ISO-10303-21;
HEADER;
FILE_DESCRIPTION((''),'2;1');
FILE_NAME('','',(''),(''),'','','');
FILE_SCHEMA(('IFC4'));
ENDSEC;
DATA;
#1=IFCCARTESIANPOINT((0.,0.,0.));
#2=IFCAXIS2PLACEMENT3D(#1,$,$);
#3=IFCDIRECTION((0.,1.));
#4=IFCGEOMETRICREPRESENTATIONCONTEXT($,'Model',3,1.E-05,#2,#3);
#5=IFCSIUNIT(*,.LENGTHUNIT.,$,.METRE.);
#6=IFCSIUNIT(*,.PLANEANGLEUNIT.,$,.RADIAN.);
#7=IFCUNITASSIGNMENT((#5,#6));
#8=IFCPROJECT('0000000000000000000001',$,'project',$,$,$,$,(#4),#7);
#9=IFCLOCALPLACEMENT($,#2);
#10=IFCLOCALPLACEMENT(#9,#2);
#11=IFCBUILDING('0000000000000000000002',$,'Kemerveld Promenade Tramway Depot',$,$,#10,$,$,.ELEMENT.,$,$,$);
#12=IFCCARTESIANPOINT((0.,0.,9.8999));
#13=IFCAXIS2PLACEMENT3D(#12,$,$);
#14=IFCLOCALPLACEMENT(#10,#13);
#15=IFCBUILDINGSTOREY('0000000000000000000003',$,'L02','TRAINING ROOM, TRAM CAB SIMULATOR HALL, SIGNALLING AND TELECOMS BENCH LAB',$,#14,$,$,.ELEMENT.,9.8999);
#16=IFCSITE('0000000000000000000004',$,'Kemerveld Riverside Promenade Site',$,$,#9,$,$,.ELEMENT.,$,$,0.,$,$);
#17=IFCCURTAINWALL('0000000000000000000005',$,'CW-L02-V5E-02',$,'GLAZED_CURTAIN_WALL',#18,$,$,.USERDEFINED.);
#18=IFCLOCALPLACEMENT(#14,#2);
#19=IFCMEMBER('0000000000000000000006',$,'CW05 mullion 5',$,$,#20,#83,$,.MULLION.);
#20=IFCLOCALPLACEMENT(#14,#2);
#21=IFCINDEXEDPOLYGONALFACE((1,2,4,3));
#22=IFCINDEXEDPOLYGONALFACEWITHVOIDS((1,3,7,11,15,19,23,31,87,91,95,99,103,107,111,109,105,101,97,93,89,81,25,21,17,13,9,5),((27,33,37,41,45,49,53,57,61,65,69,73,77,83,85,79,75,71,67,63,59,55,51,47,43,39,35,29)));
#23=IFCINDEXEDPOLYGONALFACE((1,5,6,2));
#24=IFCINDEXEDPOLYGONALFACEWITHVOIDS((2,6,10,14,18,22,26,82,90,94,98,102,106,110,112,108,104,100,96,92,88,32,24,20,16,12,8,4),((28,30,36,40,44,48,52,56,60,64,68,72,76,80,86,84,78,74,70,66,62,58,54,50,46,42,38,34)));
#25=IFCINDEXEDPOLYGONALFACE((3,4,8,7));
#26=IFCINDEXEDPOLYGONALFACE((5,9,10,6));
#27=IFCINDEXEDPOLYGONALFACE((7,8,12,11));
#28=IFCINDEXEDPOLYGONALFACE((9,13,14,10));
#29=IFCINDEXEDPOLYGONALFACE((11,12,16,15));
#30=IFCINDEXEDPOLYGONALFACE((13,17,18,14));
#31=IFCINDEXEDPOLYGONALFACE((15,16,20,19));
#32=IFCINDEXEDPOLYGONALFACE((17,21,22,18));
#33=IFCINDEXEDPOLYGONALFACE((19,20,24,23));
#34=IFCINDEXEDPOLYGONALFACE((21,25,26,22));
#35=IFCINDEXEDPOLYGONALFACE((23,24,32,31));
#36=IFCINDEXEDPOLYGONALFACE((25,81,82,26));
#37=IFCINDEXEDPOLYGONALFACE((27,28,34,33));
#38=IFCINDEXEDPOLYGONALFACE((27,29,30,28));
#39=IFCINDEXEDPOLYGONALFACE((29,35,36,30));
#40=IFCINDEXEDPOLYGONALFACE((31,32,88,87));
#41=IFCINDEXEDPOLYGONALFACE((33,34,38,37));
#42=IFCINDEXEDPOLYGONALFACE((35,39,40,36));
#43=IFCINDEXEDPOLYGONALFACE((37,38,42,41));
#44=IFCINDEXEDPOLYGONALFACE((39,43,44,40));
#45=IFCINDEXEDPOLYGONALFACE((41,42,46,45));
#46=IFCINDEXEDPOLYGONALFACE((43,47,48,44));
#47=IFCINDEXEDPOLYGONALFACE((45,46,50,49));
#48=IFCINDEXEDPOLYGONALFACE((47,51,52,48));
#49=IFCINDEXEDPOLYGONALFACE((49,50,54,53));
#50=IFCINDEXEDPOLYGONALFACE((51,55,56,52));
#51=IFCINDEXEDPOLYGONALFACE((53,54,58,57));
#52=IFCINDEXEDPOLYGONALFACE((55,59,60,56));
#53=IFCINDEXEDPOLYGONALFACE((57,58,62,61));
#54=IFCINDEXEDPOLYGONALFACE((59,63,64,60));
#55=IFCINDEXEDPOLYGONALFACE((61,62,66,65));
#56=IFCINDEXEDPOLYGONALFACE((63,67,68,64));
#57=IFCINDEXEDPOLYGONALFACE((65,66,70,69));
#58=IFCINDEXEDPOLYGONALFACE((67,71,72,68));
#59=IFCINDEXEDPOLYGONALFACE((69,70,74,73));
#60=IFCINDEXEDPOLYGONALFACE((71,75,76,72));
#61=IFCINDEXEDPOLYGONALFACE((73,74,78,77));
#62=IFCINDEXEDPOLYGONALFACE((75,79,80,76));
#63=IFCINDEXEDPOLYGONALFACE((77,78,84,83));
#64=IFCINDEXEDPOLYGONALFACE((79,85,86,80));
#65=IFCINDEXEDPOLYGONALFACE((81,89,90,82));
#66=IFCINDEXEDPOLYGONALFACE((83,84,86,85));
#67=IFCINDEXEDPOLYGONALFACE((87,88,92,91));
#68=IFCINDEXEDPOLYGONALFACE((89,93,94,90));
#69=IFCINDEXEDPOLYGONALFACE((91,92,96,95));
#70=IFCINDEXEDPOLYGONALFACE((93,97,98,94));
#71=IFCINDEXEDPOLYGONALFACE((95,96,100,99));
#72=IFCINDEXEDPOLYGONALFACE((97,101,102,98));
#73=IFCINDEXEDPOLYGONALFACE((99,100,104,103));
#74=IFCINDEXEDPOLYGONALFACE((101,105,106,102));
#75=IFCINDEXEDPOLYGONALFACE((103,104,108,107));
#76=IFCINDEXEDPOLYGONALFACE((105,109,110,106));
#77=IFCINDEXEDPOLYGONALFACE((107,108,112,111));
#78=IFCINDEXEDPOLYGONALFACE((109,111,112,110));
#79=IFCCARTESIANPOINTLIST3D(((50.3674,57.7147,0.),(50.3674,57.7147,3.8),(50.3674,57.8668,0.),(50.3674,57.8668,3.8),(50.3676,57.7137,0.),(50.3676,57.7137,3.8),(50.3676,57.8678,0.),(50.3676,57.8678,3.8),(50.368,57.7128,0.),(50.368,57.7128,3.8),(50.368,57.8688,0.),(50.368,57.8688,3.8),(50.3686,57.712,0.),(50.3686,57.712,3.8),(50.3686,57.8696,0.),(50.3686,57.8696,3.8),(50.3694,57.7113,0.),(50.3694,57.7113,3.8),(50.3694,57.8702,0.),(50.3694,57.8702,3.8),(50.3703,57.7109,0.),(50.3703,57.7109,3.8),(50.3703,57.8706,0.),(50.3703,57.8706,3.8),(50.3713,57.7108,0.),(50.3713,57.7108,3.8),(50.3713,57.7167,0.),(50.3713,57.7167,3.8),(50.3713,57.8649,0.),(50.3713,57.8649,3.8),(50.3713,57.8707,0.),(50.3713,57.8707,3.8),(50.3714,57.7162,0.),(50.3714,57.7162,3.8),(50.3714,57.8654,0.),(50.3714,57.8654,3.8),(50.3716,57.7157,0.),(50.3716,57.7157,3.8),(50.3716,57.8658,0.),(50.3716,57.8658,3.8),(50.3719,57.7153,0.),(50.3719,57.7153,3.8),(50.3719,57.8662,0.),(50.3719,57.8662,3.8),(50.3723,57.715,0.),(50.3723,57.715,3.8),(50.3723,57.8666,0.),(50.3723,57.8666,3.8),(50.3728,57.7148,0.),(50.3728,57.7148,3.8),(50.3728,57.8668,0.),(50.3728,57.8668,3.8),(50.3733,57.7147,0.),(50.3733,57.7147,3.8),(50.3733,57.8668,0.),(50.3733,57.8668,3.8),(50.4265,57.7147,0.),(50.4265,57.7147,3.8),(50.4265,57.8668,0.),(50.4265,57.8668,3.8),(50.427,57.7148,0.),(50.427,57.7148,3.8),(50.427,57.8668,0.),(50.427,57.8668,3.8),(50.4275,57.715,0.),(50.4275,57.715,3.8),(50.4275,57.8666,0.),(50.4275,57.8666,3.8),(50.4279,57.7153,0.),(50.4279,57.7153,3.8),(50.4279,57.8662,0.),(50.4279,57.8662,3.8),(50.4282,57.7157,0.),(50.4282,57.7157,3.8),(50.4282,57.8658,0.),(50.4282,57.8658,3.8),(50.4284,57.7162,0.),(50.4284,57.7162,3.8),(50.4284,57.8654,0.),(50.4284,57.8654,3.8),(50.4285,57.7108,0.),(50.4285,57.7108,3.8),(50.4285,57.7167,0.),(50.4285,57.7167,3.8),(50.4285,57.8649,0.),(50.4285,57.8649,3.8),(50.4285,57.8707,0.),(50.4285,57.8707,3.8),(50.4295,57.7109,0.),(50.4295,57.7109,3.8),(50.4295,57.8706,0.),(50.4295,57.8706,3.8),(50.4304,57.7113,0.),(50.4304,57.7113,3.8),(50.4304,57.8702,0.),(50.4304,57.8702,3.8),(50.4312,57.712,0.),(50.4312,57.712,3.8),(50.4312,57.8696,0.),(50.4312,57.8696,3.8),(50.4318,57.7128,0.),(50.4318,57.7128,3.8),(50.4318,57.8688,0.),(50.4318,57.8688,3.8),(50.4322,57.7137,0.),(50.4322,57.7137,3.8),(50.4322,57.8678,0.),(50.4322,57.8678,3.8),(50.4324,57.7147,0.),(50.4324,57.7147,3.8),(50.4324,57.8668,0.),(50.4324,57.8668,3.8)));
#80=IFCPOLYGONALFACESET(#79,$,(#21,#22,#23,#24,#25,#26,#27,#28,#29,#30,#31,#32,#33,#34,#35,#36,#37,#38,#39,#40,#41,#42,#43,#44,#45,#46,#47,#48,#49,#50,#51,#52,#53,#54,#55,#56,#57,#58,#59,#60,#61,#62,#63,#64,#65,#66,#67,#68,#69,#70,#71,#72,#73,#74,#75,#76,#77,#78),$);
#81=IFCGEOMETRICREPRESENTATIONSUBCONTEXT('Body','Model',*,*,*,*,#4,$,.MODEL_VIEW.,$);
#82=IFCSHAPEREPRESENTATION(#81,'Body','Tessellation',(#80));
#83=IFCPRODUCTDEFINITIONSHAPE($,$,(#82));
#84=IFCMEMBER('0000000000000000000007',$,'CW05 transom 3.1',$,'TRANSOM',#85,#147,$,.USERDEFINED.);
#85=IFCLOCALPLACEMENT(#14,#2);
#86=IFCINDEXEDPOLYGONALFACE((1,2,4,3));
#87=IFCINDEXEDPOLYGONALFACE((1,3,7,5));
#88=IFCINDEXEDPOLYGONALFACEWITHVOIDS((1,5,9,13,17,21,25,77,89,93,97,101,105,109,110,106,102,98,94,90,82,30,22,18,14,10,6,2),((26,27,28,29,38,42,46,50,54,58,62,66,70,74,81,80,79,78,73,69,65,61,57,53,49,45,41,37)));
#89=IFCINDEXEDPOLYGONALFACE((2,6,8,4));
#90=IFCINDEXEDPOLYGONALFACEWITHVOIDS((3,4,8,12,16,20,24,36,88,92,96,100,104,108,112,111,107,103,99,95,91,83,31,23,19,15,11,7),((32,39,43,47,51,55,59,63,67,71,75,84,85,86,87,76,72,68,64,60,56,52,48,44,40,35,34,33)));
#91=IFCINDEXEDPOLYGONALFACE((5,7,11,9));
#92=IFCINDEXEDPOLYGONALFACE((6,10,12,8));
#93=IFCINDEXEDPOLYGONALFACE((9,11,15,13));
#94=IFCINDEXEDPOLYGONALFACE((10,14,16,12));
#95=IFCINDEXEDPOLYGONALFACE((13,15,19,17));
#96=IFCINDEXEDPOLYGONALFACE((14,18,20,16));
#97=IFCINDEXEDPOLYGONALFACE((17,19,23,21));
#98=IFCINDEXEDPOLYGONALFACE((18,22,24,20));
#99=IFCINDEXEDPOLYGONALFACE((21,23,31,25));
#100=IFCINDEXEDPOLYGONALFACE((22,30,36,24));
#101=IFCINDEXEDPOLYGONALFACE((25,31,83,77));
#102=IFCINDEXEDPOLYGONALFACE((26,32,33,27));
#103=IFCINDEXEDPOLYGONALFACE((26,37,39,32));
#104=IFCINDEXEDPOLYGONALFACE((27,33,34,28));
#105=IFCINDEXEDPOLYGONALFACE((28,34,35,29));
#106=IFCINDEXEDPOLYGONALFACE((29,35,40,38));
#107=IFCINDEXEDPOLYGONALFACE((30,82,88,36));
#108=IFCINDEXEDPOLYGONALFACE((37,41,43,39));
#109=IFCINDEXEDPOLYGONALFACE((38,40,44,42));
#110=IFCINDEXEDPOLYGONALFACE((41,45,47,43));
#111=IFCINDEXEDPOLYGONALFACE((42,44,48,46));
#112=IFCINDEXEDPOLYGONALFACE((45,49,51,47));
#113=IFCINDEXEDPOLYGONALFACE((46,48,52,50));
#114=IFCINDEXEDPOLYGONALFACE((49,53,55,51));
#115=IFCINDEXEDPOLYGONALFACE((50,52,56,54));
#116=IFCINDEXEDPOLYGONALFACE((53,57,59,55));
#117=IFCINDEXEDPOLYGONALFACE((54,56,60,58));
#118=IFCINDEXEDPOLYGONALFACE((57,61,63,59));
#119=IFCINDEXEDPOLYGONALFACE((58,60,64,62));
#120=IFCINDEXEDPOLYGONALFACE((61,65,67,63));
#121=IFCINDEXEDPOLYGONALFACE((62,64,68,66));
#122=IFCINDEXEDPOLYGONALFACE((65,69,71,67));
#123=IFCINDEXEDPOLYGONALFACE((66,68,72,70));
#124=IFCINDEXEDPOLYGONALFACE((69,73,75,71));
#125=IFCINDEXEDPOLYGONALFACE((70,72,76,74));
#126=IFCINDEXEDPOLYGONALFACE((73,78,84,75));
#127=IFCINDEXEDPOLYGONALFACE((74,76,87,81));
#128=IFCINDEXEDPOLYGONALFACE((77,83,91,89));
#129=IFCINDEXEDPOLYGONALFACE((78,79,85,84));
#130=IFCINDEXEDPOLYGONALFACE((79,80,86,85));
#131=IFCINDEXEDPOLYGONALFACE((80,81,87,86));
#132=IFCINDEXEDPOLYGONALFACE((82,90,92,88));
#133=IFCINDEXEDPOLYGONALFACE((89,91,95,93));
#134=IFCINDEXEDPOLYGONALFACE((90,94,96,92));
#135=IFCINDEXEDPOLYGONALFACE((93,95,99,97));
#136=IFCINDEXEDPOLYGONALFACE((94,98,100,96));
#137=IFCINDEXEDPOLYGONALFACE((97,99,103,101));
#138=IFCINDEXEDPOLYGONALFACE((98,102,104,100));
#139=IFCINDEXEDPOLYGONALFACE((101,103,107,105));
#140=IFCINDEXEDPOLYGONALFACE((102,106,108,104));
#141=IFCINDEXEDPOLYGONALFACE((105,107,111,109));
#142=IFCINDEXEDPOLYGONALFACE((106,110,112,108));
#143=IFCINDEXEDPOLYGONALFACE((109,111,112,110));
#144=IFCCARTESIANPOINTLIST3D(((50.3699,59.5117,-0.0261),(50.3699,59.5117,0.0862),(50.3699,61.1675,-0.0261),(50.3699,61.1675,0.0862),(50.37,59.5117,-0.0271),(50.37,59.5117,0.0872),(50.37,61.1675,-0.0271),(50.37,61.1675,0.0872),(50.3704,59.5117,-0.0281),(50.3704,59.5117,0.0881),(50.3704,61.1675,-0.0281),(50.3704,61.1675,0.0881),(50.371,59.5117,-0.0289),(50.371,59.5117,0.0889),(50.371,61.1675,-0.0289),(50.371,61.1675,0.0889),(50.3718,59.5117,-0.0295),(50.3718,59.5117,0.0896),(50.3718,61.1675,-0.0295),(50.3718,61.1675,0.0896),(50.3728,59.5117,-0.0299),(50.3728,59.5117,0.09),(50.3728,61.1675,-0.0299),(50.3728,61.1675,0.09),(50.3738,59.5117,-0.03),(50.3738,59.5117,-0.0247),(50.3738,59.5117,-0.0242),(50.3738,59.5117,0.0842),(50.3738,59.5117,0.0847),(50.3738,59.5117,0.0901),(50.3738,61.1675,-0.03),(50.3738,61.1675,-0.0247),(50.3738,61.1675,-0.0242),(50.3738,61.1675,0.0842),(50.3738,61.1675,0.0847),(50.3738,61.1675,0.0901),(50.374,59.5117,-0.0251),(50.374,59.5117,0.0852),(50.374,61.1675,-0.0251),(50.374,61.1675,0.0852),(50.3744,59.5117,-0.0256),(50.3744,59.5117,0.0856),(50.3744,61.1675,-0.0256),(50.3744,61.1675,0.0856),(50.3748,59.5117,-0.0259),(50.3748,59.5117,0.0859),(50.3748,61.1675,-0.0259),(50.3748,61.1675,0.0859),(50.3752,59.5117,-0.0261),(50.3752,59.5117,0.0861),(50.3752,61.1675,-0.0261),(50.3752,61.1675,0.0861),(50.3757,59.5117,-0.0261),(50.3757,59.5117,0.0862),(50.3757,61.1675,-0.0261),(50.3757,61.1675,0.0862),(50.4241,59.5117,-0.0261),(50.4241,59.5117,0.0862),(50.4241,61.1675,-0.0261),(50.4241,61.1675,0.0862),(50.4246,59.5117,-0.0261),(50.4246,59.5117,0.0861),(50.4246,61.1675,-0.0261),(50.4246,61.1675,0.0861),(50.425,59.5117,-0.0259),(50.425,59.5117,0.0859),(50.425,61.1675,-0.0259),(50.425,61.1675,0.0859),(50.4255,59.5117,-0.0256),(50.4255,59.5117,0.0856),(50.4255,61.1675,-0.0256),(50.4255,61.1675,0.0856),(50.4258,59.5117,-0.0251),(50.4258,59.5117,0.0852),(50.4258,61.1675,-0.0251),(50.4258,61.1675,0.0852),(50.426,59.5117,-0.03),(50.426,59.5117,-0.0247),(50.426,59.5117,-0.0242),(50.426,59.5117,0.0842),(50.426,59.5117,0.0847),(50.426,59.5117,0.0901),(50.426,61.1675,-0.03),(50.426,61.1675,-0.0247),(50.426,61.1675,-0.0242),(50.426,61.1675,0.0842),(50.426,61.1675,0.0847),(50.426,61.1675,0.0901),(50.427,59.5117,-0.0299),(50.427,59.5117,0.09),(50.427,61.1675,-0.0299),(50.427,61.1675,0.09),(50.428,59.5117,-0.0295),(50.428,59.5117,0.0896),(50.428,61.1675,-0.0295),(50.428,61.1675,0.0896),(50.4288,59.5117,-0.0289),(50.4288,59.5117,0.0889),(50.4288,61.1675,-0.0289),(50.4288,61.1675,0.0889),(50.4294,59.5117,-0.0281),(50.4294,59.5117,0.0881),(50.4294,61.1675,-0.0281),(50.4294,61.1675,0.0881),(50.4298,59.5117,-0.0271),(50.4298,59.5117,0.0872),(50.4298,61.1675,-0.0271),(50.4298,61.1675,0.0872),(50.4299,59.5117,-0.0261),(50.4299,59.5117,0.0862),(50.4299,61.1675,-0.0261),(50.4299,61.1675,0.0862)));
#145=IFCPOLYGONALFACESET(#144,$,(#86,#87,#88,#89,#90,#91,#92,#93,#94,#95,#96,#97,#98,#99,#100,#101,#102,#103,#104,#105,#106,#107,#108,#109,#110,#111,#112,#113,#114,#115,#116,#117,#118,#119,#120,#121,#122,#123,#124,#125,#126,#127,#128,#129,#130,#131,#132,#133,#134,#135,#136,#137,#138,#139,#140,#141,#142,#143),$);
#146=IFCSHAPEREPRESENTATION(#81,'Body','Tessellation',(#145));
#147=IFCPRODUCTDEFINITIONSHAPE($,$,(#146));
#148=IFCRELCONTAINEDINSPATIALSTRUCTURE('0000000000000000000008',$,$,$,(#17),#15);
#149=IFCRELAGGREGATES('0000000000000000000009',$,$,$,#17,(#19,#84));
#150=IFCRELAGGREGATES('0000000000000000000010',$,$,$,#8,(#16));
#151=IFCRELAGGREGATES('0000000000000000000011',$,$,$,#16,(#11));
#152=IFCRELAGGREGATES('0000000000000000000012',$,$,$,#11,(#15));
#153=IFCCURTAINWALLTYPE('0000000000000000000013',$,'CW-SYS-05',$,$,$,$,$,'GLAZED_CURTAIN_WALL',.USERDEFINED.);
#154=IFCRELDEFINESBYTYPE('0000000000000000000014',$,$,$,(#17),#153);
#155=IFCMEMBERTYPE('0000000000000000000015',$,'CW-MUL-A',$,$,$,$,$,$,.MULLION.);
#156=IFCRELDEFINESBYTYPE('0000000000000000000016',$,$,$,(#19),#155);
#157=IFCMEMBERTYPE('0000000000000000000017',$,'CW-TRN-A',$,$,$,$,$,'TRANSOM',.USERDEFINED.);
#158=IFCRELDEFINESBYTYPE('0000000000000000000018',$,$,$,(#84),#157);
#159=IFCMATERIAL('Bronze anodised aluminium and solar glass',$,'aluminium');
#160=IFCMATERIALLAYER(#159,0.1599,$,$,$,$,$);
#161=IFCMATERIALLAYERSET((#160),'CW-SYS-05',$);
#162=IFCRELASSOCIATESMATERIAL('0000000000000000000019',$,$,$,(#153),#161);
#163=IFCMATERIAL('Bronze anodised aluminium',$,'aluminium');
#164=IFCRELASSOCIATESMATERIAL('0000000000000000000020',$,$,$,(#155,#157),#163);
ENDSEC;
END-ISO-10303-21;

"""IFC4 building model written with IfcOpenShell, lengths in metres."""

from ifc_helpers import new_model, si_unit, direction, frame, origin, origin_2d, place, context, subcontext, project, spatial, hollow_rectangle, extrude, material, layer, layer_set, material_profile, profile_set, type_object, element, aggregate, save


model = new_model("IFC4")

# Units and contexts
model_context = context("Model", 3, precision=1e-05, world=origin(), true_north=direction((0.0, 1.0)))
body_context = subcontext(model_context, "Body", "Model", "MODEL_VIEW")
ifc_project = project(units=[si_unit("LENGTHUNIT", "METRE"), si_unit("PLANEANGLEUNIT", "RADIAN")], contexts=[model_context])

# Site, building, storey
site_placement = place(None, origin())
site = spatial("IfcSite", under=ifc_project, at=site_placement, Name="Kemerveld Riverside Promenade Site", CompositionType="ELEMENT", RefElevation=0.0)
building_placement = place(site_placement, origin())
building = spatial("IfcBuilding", under=site, at=building_placement, Name="Kemerveld Promenade Tramway Depot", CompositionType="ELEMENT")
storey_placement = place(building_placement, frame((0.0, 0.0, 9.8999)))
storey = spatial("IfcBuildingStorey", under=building, at=storey_placement, Name="L02", Description="TRAINING ROOM, TRAM CAB SIMULATOR HALL, SIGNALLING AND TELECOMS BENCH LAB", CompositionType="ELEMENT", Elevation=9.8999)

# Curtain wall, members
ifc_material_1 = material(Name="Bronze anodised aluminium and solar glass", Category="aluminium")
ifc_layer_1 = layer(ifc_material_1, 0.1599)
ifc_layer_set_1 = layer_set([ifc_layer_1], Name="CW-SYS-05")
curtain_wall_type = type_object("IfcCurtainWallType", Name="CW-SYS-05", ElementType="GLAZED_CURTAIN_WALL", PredefinedType="USERDEFINED", material=ifc_layer_set_1)
curtain_wall_placement = place(storey_placement, origin())
curtain_wall = element("IfcCurtainWall", 1, at=curtain_wall_placement, inside=storey, type_object=curtain_wall_type, Name="CW-L02-V5E-02", ObjectType="GLAZED_CURTAIN_WALL", PredefinedType="USERDEFINED")
ifc_material_2 = material(Name="Bronze anodised aluminium", Category="aluminium")
ifc_material_profile_1 = material_profile(ifc_material_2, hollow_rectangle(XDim=0.0649, YDim=0.1599, WallThickness=0.0039, InnerFilletRadius=0.002, OuterFilletRadius=0.0039, at=origin_2d()), Name="CW-MUL-160x65")
ifc_profile_set_1 = profile_set([ifc_material_profile_1], Name="Bronze anodised aluminium")
member_type_1 = type_object("IfcMemberType", Name="CW-MUL-A", PredefinedType="MULLION", material=ifc_profile_set_1)
member_1_placement = place(storey_placement, frame((50.3999, 57.7908, 0.0), z_axis=(0.0, 0.0, 1.0), x_axis=(1.0, 0.0, 0.0)))
member_1 = element("IfcMember", 2, at=member_1_placement, type_object=member_type_1, Name="CW05 mullion 5", PredefinedType="MULLION", context=body_context, shape_type="SweptSolid", body=[
    extrude(hollow_rectangle(XDim=0.0649, YDim=0.1599, WallThickness=0.0039, InnerFilletRadius=0.002, OuterFilletRadius=0.0039, at=origin_2d()), origin(), (0.0, 0.0, 1.0), 3.8),
])
ifc_material_profile_2 = material_profile(ifc_material_2, hollow_rectangle(XDim=0.0601, YDim=0.1201, WallThickness=0.0039, InnerFilletRadius=0.002, OuterFilletRadius=0.0039, at=origin_2d()), Name="CW-TRN-120x60")
ifc_profile_set_2 = profile_set([ifc_material_profile_2], Name="Bronze anodised aluminium")
member_type_2 = type_object("IfcMemberType", Name="CW-TRN-A", ElementType="TRANSOM", PredefinedType="USERDEFINED", material=ifc_profile_set_2)
member_2_placement = place(storey_placement, frame((50.3999, 61.1675, 0.03), z_axis=(0.0, -1.0, 0.0), x_axis=(1.0, 0.0, 0.0)))
member_2 = element("IfcMember", 3, at=member_2_placement, type_object=member_type_2, Name="CW05 transom 3.1", ObjectType="TRANSOM", PredefinedType="USERDEFINED", context=body_context, shape_type="SweptSolid", body=[
    extrude(hollow_rectangle(XDim=0.0601, YDim=0.1201, WallThickness=0.0039, InnerFilletRadius=0.002, OuterFilletRadius=0.0039, at=origin_2d()), origin(), (0.0, 0.0, 1.0), 1.6558),
])
aggregate(curtain_wall, [member_1, member_2])

save(model, "model.ifc")
